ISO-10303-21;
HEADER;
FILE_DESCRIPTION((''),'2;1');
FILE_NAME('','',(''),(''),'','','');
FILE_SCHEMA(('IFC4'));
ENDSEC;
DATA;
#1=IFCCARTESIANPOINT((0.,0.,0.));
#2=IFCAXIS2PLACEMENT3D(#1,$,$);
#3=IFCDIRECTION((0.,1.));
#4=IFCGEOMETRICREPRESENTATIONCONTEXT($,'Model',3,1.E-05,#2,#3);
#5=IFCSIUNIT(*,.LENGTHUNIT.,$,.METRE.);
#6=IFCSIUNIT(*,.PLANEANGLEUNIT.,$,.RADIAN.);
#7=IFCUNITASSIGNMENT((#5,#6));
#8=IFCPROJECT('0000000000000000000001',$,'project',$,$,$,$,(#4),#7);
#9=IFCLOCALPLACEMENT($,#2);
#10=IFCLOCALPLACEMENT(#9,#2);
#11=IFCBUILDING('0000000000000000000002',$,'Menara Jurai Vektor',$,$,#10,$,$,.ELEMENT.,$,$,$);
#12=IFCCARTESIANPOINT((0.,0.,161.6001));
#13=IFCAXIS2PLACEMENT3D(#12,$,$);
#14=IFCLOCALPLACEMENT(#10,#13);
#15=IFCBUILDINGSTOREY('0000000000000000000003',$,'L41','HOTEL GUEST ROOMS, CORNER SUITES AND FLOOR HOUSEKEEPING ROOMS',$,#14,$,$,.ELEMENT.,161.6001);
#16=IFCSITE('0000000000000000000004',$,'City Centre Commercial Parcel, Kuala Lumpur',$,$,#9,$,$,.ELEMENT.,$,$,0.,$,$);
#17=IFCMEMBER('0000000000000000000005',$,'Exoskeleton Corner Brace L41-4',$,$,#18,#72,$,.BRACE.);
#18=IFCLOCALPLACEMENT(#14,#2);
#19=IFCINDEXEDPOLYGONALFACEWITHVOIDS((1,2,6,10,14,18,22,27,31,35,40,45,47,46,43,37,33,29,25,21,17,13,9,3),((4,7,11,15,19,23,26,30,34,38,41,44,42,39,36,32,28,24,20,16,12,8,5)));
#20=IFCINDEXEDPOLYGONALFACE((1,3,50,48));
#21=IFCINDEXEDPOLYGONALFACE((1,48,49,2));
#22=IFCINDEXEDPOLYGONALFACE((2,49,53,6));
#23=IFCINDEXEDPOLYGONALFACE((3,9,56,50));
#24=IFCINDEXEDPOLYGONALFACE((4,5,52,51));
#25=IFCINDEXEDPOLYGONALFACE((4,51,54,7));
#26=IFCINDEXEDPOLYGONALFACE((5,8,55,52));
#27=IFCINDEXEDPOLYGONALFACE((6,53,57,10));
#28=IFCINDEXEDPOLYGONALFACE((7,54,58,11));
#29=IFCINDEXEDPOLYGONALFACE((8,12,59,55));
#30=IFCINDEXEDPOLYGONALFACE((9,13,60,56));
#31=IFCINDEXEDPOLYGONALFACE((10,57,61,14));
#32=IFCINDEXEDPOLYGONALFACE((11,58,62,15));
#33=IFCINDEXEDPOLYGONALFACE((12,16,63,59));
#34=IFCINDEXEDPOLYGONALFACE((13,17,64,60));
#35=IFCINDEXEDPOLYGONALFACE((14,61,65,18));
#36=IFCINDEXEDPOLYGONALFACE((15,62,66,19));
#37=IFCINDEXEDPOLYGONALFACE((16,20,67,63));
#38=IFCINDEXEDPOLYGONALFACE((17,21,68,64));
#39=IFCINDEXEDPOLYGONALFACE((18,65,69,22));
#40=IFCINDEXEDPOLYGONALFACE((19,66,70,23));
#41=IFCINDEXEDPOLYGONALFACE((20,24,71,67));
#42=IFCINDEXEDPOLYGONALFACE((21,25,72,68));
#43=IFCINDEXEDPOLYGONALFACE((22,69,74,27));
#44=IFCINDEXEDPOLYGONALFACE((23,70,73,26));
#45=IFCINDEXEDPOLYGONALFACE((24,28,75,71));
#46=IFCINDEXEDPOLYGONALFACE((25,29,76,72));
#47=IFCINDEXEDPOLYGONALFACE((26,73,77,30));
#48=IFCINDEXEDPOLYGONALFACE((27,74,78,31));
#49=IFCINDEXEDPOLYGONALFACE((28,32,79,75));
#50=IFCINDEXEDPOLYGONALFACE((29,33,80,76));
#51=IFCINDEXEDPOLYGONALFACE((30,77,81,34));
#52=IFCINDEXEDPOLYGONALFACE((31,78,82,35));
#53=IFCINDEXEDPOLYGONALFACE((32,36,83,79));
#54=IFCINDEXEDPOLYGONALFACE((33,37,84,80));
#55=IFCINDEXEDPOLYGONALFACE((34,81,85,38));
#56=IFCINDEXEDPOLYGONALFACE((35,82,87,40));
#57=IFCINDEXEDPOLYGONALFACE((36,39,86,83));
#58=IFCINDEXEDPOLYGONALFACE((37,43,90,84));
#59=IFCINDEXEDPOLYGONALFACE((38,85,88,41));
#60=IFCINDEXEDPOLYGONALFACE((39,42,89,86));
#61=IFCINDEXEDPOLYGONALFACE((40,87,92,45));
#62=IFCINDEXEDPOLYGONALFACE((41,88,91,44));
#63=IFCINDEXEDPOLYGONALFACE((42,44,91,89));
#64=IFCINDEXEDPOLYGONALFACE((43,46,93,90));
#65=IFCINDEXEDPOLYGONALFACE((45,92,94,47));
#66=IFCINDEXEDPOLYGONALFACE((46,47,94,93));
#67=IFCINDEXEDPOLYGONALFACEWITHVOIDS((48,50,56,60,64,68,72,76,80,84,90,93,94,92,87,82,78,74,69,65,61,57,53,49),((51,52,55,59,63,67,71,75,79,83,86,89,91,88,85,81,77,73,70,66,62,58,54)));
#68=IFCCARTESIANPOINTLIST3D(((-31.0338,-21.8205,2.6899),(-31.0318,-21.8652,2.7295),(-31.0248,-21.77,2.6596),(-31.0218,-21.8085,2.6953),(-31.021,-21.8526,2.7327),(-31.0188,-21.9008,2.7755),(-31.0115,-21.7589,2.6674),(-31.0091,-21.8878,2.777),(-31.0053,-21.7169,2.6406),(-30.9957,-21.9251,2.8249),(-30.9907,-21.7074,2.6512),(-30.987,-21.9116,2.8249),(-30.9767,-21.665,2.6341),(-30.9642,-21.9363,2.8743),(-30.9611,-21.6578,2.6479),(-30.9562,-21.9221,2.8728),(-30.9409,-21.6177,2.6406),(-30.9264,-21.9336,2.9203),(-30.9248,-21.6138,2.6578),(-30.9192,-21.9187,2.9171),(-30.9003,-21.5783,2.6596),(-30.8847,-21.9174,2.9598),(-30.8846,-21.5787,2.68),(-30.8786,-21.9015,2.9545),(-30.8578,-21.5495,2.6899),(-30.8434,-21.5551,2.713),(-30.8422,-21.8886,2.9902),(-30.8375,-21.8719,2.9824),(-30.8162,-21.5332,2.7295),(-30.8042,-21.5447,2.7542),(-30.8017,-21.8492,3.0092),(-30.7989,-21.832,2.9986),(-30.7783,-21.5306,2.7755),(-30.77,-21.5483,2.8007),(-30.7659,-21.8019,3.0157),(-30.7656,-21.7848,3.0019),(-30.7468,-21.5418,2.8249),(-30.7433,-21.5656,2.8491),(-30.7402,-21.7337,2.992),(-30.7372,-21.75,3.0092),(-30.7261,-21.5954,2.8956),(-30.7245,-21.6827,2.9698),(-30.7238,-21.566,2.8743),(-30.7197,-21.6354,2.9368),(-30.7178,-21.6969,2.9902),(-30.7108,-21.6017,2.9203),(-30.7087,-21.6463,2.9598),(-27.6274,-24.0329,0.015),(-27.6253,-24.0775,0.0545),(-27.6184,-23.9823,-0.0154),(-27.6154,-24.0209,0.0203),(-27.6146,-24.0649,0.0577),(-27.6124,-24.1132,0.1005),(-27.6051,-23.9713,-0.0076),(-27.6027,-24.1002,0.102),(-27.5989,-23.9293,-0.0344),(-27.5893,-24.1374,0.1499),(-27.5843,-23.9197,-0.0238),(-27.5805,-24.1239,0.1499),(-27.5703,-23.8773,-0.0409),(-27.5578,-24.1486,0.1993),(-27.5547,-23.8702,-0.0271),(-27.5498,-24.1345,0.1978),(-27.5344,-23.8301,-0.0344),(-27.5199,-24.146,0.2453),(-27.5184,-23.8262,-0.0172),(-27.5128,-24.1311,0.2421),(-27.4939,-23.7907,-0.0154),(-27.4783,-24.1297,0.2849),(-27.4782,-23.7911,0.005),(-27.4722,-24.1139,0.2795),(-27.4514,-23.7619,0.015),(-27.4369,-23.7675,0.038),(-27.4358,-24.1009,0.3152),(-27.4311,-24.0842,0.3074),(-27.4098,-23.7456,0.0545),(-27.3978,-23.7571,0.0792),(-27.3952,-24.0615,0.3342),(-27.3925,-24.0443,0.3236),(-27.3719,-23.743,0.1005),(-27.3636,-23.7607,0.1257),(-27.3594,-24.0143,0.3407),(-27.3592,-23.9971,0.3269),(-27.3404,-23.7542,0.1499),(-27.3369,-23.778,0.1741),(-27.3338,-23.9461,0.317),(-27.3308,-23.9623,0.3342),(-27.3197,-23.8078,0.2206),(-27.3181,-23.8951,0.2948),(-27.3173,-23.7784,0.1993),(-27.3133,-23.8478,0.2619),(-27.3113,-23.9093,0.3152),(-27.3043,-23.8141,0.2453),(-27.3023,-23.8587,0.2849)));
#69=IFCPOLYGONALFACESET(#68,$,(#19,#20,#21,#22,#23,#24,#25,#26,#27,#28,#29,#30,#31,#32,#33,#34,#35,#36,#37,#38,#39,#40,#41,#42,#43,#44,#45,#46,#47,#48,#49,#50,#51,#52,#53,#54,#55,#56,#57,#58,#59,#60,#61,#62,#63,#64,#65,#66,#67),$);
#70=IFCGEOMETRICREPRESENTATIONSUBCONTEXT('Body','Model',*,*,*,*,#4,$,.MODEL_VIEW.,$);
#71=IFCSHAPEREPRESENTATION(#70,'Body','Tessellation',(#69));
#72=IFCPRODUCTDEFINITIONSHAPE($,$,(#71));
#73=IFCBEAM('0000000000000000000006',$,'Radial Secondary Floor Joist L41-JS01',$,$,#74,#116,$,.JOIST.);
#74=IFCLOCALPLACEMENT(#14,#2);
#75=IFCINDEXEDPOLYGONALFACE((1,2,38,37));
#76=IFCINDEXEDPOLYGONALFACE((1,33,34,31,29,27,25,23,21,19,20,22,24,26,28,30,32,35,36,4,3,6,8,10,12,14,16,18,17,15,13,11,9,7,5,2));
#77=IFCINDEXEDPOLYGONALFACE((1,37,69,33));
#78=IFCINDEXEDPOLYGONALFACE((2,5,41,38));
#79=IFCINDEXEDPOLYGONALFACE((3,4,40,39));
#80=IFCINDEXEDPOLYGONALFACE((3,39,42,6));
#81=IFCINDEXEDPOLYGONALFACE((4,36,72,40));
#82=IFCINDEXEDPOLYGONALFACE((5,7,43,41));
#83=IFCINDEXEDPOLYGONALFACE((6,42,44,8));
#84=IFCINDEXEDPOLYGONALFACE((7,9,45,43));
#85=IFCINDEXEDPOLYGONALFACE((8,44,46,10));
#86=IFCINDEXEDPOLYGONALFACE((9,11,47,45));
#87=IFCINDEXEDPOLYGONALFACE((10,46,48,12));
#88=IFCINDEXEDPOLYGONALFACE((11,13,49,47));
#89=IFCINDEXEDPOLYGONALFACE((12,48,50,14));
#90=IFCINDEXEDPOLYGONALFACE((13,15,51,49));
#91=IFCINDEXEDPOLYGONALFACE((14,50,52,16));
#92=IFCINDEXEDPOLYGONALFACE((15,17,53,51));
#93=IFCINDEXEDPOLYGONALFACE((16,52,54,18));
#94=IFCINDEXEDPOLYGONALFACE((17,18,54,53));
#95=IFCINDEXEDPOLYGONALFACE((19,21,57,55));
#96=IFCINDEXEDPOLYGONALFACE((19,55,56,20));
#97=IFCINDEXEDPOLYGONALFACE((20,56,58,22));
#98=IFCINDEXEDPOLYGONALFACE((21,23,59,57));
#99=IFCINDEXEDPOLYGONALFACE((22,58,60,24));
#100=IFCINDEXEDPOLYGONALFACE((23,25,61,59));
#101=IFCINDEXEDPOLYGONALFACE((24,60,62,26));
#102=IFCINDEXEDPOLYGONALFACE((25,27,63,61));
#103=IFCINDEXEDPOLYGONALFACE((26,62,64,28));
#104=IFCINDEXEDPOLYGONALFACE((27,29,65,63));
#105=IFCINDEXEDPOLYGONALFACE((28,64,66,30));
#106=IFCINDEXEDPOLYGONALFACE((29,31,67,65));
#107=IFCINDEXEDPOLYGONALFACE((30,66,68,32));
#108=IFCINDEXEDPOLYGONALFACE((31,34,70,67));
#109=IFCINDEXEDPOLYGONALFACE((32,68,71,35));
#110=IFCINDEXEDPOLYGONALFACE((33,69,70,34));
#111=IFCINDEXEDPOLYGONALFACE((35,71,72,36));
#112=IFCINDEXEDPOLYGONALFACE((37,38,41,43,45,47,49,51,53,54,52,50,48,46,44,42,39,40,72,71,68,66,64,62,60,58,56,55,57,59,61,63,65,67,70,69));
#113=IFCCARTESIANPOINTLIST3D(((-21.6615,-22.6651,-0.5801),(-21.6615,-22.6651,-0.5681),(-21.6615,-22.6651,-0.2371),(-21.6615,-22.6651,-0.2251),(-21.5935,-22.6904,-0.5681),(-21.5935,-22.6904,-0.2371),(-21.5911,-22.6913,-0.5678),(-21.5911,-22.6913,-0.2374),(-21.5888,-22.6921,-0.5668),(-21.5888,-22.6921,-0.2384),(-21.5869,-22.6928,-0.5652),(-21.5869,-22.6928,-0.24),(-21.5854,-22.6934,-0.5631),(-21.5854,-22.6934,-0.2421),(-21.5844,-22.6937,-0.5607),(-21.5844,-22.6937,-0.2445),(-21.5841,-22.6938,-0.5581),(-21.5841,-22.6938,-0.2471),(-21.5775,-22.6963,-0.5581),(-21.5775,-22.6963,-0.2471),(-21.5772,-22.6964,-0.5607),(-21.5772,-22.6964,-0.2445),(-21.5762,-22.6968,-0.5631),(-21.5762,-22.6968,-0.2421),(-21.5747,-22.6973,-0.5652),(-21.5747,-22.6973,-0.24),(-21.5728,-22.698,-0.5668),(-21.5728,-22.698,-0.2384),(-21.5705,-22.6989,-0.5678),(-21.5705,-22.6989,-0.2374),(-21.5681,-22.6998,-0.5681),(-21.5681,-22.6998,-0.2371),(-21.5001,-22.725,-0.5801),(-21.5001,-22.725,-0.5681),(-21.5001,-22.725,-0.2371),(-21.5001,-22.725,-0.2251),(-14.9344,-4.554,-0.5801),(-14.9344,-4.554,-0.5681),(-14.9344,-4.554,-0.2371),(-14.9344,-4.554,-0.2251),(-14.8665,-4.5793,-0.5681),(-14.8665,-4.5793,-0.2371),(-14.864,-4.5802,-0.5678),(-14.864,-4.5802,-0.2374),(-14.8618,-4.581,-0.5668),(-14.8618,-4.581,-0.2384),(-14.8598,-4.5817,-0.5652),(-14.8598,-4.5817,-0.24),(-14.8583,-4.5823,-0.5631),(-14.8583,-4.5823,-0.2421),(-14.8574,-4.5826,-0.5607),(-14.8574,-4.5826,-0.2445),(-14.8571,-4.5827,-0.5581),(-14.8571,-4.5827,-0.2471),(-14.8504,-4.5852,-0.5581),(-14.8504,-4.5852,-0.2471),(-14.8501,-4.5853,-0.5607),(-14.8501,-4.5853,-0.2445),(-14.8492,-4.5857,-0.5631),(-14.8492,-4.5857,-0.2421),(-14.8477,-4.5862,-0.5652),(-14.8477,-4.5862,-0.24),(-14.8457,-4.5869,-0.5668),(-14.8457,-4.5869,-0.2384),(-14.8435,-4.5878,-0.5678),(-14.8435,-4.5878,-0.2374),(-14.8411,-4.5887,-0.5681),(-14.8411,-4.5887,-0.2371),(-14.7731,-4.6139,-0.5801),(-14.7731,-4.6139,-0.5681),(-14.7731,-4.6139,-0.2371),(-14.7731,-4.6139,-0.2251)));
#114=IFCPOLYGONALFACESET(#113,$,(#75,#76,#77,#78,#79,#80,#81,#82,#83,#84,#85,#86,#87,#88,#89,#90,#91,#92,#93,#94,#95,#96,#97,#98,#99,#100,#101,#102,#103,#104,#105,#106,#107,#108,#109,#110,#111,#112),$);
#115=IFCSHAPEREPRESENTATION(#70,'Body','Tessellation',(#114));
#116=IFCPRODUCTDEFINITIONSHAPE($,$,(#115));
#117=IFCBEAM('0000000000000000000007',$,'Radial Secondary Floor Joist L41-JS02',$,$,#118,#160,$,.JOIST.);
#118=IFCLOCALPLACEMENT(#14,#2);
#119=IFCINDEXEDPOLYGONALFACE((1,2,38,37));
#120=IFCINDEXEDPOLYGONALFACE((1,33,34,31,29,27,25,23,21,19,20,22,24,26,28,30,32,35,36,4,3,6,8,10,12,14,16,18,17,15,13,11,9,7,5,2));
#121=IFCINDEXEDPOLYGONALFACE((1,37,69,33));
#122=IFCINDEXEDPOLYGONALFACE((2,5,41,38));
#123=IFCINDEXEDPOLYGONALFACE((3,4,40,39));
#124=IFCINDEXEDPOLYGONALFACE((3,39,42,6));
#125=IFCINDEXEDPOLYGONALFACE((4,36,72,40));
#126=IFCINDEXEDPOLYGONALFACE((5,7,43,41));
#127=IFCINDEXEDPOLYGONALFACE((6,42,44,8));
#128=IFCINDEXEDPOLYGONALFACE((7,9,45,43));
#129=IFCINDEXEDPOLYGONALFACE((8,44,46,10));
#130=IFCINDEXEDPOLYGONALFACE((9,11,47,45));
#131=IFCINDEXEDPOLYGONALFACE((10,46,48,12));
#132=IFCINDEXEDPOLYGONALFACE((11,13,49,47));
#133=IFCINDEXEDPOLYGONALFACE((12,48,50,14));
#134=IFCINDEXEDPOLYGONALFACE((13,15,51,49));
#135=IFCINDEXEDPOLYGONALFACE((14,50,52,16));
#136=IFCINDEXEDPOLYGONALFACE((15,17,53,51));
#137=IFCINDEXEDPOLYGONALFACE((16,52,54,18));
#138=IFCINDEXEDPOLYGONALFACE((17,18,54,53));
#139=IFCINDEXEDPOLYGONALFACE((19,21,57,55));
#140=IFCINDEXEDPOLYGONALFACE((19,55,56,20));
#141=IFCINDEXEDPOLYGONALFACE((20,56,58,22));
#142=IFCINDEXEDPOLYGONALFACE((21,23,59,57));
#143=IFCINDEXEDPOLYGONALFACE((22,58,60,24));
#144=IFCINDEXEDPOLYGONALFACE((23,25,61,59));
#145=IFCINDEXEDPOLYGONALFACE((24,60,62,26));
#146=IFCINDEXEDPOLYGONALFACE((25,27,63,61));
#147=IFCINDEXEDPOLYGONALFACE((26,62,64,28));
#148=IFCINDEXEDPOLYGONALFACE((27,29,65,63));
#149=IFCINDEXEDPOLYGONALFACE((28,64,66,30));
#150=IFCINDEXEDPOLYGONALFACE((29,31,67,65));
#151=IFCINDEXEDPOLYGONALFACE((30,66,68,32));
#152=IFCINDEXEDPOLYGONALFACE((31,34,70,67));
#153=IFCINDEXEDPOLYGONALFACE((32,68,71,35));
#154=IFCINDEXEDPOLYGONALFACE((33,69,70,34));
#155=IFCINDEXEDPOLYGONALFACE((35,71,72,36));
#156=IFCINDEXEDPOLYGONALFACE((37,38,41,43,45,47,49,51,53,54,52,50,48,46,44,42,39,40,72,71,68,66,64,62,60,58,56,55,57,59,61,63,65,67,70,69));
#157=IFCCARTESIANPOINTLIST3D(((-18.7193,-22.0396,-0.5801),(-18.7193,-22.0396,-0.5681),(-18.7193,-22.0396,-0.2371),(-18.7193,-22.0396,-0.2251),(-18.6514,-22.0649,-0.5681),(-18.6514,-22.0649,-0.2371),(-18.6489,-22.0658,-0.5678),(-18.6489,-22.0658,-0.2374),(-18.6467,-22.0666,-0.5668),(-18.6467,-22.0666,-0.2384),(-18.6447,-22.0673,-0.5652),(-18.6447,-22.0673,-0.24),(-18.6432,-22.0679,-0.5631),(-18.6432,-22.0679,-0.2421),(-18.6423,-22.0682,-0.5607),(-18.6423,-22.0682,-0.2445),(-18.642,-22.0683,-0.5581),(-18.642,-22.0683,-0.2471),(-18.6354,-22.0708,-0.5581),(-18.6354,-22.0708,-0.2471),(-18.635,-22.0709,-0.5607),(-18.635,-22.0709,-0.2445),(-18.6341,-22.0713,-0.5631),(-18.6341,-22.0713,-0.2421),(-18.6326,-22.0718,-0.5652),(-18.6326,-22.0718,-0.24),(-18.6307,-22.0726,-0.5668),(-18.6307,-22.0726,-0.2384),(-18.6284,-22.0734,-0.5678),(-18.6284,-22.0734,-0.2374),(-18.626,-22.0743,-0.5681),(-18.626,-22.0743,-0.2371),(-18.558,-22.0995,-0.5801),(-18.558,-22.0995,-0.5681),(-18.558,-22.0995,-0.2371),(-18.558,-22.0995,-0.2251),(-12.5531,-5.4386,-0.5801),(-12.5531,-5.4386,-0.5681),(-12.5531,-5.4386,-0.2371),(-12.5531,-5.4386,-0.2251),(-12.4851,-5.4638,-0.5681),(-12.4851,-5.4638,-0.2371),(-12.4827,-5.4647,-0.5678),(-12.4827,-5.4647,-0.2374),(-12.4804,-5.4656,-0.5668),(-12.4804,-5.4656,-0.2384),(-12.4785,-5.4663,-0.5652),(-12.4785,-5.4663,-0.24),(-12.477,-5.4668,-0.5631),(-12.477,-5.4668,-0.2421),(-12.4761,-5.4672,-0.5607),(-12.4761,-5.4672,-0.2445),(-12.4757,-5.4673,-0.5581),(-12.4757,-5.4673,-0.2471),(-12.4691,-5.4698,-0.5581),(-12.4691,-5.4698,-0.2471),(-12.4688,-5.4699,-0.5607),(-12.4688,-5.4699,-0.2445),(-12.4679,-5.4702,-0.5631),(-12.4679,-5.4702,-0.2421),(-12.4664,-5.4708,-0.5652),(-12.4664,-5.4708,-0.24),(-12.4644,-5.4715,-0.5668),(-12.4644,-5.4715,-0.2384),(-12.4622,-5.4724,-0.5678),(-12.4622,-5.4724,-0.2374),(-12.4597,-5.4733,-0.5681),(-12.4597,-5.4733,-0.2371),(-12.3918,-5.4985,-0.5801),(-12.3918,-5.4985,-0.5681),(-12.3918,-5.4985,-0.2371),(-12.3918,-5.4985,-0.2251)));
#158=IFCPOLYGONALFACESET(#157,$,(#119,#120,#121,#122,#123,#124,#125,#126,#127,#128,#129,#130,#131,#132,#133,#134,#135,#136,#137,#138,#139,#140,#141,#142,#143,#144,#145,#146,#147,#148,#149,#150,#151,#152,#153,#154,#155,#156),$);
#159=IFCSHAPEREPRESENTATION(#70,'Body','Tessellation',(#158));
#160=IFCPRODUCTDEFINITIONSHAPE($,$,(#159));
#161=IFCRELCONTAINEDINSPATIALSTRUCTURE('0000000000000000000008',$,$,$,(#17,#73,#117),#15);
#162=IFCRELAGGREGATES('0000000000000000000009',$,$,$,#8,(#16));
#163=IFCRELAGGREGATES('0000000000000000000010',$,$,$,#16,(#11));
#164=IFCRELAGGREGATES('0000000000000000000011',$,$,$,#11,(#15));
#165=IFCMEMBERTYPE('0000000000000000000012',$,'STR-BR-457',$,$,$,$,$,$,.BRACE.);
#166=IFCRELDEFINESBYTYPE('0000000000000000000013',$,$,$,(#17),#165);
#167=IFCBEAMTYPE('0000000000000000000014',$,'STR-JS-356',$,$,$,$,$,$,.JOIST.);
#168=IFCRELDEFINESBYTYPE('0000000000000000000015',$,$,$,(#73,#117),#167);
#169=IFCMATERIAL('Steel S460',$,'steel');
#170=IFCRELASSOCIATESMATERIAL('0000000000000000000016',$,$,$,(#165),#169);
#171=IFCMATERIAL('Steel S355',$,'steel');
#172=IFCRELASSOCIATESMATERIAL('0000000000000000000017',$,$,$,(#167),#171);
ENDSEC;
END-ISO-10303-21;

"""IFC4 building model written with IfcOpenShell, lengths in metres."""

from ifc_helpers import new_model, si_unit, direction, frame, origin, origin_2d, place, context, subcontext, project, spatial, hollow_circle, i_section, extrude, material, material_profile, profile_set, type_object, element, save


model = new_model("IFC4")

# Units and contexts
model_context = context("Model", 3, precision=1e-05, world=origin(), true_north=direction((0.0, 1.0)))
body_context = subcontext(model_context, "Body", "Model", "MODEL_VIEW")
ifc_project = project(units=[si_unit("LENGTHUNIT", "METRE"), si_unit("PLANEANGLEUNIT", "RADIAN")], contexts=[model_context])

# Site, building, storey
site_placement = place(None, origin())
site = spatial("IfcSite", under=ifc_project, at=site_placement, Name="City Centre Commercial Parcel, Kuala Lumpur", CompositionType="ELEMENT", RefElevation=0.0)
building_placement = place(site_placement, origin())
building = spatial("IfcBuilding", under=site, at=building_placement, Name="Menara Jurai Vektor", CompositionType="ELEMENT")
storey_placement = place(building_placement, frame((0.0, 0.0, 161.6001)))
storey = spatial("IfcBuildingStorey", under=building, at=storey_placement, Name="L41", Description="HOTEL GUEST ROOMS, CORNER SUITES AND FLOOR HOUSEKEEPING ROOMS", CompositionType="ELEMENT", Elevation=161.6001)

# Shared definitions
ifc_material_1 = material(Name="Steel S460", Category="steel")

# Shared definitions
ifc_material_2 = material(Name="Steel S355", Category="steel")

# Member
ifc_material_profile_1 = material_profile(ifc_material_1, hollow_circle(Radius=0.2285, WallThickness=0.0161, at=origin_2d()), Name="CHS 457x16")
ifc_profile_set_1 = profile_set([ifc_material_profile_1], Name="Steel S460")
member_type_1 = type_object("IfcMemberType", Name="STR-BR-457", PredefinedType="BRACE", material=ifc_profile_set_1)
member_1_placement = place(storey_placement, frame((-27.4648, -23.9458, 0.1499), z_axis=(-0.700403, 0.454888, 0.550012), x_axis=(-0.544674, -0.838648, 0.0)))
element("IfcMember", 1, at=member_1_placement, inside=storey, type_object=member_type_1, Name="Exoskeleton Corner Brace L41-4", PredefinedType="BRACE", context=body_context, shape_type="SweptSolid", body=[
    extrude(hollow_circle(Radius=0.2285, WallThickness=0.0161, at=origin_2d()), origin(), (0.0, 0.0, 1.0), 4.8635),
])

# Beams
ifc_material_profile_2 = material_profile(ifc_material_2, i_section(OverallWidth=0.1721, OverallDepth=0.355, WebThickness=0.0071, FlangeThickness=0.012, FilletRadius=0.01, at=origin_2d()), Name="UKB 356x171x51")
ifc_profile_set_2 = profile_set([ifc_material_profile_2], Name="Steel S355")
beam_type_1 = type_object("IfcBeamType", Name="STR-JS-356", PredefinedType="JOIST", material=ifc_profile_set_2)
beam_1_placement = place(storey_placement, frame((-21.5808, -22.6951, -0.4026), z_axis=(0.34819, 0.937424, 0.0), x_axis=(-0.937424, 0.34819, 0.0)))
element("IfcBeam", 2, at=beam_1_placement, inside=storey, type_object=beam_type_1, Name="Radial Secondary Floor Joist L41-JS01", PredefinedType="JOIST", context=body_context, shape_type="SweptSolid", body=[
    extrude(i_section(OverallWidth=0.1721, OverallDepth=0.355, WebThickness=0.0071, FlangeThickness=0.012, FilletRadius=0.01, at=origin_2d()), origin(), (0.0, 0.0, 1.0), 19.3201),
])
beam_2_placement = place(storey_placement, frame((-18.6387, -22.0696, -0.4026), z_axis=(0.348194, 0.937423, 0.0), x_axis=(-0.937423, 0.348194, 0.0)))
element("IfcBeam", 3, at=beam_2_placement, inside=storey, type_object=beam_type_1, Name="Radial Secondary Floor Joist L41-JS02", PredefinedType="JOIST", context=body_context, shape_type="SweptSolid", body=[
    extrude(i_section(OverallWidth=0.1721, OverallDepth=0.355, WebThickness=0.0071, FlangeThickness=0.012, FilletRadius=0.01, at=origin_2d()), origin(), (0.0, 0.0, 1.0), 17.7092),
])

save(model, "model.ifc")
